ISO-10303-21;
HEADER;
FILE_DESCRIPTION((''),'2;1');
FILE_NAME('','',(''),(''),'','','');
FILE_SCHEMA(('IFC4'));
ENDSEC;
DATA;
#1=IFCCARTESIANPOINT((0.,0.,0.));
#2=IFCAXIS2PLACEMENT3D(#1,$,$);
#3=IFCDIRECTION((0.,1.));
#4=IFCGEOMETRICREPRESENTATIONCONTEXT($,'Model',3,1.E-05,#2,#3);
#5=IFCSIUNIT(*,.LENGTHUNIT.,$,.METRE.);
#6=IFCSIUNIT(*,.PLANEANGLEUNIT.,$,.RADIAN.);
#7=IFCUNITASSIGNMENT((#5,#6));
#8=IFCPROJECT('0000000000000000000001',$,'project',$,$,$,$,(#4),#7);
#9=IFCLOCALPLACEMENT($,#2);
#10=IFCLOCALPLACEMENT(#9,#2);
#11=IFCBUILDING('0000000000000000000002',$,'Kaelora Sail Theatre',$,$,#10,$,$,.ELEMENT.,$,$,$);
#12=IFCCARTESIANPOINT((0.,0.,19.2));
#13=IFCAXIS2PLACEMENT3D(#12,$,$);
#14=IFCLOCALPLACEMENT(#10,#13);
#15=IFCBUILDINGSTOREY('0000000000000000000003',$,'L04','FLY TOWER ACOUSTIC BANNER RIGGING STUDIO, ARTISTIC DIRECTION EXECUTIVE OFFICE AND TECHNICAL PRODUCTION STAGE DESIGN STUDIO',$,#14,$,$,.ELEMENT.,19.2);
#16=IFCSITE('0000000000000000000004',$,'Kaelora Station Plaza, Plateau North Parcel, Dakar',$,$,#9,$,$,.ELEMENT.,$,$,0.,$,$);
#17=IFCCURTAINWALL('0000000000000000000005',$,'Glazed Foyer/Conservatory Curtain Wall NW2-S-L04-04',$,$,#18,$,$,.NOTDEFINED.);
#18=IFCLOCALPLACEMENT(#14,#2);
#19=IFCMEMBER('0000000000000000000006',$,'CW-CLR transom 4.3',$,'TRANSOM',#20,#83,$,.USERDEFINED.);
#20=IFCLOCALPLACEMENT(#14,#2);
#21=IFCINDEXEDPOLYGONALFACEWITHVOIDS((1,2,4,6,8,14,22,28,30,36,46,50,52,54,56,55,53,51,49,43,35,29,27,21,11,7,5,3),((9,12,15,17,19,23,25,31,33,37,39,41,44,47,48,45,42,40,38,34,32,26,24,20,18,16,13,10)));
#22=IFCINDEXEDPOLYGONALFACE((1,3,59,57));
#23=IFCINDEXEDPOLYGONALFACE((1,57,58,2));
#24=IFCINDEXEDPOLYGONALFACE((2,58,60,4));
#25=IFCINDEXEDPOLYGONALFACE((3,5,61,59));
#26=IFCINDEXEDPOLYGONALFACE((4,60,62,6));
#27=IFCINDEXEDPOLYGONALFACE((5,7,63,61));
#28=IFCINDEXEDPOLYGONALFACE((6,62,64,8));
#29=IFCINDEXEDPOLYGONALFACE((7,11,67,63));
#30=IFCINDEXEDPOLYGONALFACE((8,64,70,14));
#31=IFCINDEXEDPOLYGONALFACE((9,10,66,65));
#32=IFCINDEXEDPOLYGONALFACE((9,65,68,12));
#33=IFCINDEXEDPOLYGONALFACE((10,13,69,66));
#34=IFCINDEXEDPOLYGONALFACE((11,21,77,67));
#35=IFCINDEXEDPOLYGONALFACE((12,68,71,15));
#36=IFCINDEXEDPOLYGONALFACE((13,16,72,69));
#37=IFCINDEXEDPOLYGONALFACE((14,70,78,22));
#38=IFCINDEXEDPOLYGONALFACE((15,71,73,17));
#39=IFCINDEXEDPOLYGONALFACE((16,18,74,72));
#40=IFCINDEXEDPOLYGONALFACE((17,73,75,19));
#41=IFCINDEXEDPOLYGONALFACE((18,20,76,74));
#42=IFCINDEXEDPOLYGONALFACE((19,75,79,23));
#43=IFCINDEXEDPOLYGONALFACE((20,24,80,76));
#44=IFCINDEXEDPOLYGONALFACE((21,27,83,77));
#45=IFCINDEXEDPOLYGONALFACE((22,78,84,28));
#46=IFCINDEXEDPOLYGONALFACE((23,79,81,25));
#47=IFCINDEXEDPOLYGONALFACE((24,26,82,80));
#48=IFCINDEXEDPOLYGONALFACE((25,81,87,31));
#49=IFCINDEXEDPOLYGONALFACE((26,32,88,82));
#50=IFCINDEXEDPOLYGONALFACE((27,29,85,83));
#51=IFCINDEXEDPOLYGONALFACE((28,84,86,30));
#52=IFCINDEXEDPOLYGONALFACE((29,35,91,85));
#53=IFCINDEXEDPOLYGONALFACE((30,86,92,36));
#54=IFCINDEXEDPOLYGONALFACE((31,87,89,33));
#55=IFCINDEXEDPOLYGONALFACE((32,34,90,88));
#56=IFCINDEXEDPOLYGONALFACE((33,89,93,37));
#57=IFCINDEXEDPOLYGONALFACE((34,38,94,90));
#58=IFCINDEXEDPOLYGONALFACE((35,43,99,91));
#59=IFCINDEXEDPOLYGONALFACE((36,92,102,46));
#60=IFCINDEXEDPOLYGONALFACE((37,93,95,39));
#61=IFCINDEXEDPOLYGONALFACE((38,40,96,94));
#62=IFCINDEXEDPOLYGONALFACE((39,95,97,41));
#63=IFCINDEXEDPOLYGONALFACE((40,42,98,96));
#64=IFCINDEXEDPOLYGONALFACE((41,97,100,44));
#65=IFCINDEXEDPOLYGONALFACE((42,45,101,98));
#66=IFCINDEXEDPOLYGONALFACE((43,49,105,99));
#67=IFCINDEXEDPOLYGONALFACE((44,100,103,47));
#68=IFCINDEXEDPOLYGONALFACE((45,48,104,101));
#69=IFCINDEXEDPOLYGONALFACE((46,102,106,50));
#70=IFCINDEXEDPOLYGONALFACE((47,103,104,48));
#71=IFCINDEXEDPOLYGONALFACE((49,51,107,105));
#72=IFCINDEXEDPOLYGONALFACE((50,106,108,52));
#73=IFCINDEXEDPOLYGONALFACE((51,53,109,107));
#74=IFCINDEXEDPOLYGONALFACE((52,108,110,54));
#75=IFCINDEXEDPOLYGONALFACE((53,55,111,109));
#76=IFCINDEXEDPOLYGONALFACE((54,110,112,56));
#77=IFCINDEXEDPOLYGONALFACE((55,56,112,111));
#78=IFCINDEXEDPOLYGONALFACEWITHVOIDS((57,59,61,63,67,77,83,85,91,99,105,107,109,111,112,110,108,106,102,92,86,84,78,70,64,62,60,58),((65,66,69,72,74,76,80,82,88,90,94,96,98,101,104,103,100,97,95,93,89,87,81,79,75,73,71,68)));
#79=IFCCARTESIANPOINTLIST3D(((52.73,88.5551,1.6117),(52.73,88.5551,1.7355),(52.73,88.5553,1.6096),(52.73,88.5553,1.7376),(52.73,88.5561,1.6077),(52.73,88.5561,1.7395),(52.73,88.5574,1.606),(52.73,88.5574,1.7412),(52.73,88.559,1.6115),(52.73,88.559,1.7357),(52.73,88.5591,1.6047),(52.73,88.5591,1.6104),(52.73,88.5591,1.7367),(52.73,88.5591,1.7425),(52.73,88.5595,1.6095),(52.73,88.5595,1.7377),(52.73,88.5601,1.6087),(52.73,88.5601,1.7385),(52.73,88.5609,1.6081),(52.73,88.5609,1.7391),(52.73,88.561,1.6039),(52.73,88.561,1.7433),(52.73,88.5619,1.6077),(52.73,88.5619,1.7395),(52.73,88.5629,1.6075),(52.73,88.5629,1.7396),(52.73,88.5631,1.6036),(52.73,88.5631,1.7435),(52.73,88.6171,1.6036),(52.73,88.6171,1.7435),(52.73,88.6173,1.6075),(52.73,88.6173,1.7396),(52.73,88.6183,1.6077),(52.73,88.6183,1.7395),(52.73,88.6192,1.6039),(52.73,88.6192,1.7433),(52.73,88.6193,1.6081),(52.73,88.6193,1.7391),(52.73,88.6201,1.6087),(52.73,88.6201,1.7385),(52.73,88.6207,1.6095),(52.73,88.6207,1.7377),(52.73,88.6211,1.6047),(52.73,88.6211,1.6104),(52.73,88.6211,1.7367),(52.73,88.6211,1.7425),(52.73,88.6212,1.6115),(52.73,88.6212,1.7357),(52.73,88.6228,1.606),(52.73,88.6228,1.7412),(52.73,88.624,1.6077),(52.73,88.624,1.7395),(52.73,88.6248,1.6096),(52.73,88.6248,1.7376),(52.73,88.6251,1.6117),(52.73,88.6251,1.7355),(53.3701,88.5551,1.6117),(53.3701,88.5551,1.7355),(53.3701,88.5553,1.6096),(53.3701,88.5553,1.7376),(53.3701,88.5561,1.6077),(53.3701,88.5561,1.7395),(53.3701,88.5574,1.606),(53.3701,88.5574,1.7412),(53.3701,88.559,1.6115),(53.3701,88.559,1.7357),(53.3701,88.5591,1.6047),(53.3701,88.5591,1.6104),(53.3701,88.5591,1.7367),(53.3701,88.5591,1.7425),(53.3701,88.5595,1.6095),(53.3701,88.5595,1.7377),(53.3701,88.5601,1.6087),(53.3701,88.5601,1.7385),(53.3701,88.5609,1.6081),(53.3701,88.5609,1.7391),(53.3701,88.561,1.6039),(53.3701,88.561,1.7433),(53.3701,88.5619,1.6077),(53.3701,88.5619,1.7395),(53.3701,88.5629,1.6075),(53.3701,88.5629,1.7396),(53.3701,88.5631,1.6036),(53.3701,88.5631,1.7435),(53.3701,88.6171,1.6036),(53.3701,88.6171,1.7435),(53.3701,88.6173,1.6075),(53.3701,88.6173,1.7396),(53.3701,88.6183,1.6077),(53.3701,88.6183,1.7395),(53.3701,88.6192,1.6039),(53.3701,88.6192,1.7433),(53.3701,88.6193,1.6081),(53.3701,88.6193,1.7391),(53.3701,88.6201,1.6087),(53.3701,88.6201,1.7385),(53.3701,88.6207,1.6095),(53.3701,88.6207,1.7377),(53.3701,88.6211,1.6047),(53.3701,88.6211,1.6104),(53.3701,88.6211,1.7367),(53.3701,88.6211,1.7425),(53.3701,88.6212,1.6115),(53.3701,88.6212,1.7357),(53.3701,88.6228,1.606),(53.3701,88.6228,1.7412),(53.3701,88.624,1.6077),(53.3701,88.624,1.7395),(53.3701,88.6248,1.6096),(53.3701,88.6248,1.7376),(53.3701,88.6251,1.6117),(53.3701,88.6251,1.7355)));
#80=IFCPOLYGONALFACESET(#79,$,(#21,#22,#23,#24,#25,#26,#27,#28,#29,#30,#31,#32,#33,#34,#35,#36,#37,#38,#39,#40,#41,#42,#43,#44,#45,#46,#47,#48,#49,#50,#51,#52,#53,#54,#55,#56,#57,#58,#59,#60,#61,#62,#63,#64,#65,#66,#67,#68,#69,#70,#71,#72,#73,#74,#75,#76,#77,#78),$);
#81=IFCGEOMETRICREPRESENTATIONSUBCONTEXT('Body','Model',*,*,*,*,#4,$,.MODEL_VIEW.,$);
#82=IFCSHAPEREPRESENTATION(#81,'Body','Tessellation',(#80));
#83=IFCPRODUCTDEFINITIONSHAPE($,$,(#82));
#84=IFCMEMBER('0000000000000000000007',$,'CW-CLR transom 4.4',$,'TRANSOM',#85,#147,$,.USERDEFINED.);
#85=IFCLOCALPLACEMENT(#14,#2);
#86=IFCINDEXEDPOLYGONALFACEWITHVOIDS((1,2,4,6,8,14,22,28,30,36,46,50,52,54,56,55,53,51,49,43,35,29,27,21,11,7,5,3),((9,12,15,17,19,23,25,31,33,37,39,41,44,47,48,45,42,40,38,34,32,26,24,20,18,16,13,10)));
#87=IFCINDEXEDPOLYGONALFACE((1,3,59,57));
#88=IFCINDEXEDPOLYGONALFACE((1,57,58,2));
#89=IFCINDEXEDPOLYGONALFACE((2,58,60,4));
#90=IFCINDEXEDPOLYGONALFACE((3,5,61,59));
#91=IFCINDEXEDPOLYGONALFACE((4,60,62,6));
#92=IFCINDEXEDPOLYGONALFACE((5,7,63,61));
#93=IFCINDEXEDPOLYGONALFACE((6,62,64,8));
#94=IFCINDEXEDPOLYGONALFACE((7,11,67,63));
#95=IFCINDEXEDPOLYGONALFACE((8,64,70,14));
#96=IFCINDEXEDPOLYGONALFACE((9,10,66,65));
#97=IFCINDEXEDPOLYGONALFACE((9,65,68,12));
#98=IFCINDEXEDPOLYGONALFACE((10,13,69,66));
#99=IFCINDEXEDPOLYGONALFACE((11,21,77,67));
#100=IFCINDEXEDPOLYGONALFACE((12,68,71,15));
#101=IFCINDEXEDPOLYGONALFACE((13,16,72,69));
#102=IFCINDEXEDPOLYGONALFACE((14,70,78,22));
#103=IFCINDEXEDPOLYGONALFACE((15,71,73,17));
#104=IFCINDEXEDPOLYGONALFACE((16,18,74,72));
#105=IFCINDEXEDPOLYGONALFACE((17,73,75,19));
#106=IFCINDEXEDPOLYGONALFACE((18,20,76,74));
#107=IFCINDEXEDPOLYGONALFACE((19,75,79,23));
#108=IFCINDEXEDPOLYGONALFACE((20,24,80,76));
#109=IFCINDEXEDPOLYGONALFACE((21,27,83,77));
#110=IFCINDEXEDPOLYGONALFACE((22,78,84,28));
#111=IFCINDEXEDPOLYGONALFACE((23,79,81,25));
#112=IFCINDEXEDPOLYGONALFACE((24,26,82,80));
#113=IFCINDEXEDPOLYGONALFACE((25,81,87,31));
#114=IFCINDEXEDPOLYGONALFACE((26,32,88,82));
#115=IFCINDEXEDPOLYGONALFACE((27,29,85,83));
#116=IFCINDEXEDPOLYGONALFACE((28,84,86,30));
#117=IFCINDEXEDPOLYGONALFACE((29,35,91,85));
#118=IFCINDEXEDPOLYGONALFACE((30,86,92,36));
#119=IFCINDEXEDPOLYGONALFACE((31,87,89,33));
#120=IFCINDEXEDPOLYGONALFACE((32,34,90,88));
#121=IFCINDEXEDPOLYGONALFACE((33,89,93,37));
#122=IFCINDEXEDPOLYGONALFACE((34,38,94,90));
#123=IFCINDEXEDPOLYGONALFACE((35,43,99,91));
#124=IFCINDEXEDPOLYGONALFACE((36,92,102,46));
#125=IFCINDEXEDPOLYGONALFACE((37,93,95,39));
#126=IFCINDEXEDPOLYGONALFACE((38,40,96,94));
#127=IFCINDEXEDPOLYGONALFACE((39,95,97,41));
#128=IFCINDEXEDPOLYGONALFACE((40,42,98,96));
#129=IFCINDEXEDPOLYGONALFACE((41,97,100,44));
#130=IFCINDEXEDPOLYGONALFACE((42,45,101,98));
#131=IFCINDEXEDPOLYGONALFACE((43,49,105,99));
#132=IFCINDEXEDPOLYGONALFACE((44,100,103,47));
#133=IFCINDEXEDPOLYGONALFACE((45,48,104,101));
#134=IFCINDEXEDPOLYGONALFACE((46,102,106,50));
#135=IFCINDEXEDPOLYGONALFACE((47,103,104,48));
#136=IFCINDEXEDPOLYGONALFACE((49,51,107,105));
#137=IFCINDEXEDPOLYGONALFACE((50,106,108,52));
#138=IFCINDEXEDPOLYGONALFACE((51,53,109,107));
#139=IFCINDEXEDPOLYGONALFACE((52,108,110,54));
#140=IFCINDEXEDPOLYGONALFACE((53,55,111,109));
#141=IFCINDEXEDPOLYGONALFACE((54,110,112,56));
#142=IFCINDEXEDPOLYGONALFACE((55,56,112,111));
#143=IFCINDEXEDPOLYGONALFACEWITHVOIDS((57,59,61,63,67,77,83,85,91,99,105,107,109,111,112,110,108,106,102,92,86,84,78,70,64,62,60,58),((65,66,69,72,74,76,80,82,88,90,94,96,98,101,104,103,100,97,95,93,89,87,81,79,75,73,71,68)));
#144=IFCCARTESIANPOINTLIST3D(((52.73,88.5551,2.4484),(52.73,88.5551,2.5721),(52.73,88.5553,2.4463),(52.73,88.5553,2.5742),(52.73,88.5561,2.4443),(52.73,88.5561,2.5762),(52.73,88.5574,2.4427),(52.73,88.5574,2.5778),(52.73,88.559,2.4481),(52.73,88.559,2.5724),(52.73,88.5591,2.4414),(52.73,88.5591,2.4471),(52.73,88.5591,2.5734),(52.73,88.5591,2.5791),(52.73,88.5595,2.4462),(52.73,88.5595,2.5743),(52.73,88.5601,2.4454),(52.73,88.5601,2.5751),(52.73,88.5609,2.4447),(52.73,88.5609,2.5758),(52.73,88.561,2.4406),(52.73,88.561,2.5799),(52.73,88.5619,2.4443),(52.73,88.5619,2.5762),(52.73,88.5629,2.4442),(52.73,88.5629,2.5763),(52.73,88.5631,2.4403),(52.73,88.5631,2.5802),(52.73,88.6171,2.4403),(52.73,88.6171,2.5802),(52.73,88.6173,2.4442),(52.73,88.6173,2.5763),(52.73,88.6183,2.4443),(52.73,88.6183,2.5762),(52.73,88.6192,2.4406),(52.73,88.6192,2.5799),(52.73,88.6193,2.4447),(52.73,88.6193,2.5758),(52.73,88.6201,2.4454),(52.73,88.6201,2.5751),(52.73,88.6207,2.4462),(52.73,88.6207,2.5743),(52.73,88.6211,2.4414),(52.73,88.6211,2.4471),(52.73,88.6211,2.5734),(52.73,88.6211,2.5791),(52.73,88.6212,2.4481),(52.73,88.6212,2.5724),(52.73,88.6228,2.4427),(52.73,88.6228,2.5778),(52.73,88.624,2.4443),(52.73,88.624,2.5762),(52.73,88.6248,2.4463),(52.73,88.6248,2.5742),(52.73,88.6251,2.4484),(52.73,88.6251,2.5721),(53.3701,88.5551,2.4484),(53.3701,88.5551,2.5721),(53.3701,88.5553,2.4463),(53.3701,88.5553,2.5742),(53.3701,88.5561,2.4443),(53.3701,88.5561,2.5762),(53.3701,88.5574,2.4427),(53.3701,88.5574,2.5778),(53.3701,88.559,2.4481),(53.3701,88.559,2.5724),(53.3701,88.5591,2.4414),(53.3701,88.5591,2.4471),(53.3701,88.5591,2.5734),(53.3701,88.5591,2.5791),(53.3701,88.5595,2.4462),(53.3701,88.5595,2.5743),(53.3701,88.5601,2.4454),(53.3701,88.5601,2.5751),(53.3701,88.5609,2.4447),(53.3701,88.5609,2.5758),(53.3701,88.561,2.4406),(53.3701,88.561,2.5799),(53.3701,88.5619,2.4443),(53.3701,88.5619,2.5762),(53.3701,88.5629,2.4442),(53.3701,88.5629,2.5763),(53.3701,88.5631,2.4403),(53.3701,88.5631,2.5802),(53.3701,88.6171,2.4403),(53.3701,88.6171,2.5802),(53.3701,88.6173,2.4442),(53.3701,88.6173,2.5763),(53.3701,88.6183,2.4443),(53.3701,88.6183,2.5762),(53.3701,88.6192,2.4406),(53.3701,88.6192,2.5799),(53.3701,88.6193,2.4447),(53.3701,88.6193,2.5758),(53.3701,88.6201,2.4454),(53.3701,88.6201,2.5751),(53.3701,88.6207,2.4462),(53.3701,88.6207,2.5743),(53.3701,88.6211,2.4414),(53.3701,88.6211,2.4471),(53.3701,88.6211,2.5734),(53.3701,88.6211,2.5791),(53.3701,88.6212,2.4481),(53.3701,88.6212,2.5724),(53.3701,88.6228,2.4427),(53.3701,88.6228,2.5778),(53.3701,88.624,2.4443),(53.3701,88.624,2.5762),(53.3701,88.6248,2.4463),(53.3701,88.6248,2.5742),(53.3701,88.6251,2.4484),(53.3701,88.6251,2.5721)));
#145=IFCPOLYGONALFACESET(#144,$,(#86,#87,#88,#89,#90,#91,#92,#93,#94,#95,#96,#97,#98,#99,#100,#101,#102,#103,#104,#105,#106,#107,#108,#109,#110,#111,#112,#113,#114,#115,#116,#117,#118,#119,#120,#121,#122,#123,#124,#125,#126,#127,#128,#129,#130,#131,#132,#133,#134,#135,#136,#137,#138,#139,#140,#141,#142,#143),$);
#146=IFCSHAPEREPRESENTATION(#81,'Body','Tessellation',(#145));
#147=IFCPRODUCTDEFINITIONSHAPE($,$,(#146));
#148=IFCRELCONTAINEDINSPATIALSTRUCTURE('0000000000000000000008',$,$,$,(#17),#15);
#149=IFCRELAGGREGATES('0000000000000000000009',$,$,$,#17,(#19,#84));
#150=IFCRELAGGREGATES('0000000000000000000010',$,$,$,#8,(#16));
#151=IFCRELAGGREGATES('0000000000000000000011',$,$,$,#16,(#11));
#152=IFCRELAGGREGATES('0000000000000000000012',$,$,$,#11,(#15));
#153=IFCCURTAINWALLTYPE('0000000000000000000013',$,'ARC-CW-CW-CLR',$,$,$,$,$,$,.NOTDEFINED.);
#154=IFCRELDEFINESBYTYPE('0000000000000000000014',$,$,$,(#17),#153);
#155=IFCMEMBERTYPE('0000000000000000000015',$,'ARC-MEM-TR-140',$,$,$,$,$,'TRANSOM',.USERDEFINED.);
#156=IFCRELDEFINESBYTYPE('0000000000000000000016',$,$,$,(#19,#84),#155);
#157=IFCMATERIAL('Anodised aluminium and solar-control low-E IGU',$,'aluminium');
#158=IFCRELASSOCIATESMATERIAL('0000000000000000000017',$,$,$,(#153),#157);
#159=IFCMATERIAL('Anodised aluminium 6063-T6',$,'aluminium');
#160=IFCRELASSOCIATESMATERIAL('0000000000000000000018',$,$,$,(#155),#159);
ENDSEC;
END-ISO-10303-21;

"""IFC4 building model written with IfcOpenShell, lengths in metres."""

from ifc_helpers import new_model, si_unit, direction, frame, origin, origin_2d, place, context, subcontext, project, spatial, hollow_rectangle, extrude, material, material_profile, profile_set, type_object, element, aggregate, save


model = new_model("IFC4")

# Units and contexts
model_context = context("Model", 3, precision=1e-05, world=origin(), true_north=direction((0.0, 1.0)))
body_context = subcontext(model_context, "Body", "Model", "MODEL_VIEW")
ifc_project = project(units=[si_unit("LENGTHUNIT", "METRE"), si_unit("PLANEANGLEUNIT", "RADIAN")], contexts=[model_context])

# Site, building, storey
site_placement = place(None, origin())
site = spatial("IfcSite", under=ifc_project, at=site_placement, Name="Kaelora Station Plaza, Plateau North Parcel, Dakar", CompositionType="ELEMENT", RefElevation=0.0)
building_placement = place(site_placement, origin())
building = spatial("IfcBuilding", under=site, at=building_placement, Name="Kaelora Sail Theatre", CompositionType="ELEMENT")
storey_placement = place(building_placement, frame((0.0, 0.0, 19.2)))
storey = spatial("IfcBuildingStorey", under=building, at=storey_placement, Name="L04", Description="FLY TOWER ACOUSTIC BANNER RIGGING STUDIO, ARTISTIC DIRECTION EXECUTIVE OFFICE AND TECHNICAL PRODUCTION STAGE DESIGN STUDIO", CompositionType="ELEMENT", Elevation=19.2)

# Curtain wall, members
ifc_material_1 = material(Name="Anodised aluminium and solar-control low-E IGU", Category="aluminium")
curtain_wall_type = type_object("IfcCurtainWallType", Name="ARC-CW-CW-CLR", PredefinedType="NOTDEFINED", material=ifc_material_1)
curtain_wall_1_placement = place(storey_placement, origin())
curtain_wall_1 = element("IfcCurtainWall", 1, at=curtain_wall_1_placement, inside=storey, type_object=curtain_wall_type, Name="Glazed Foyer/Conservatory Curtain Wall NW2-S-L04-04", PredefinedType="NOTDEFINED")
ifc_material_2 = material(Name="Anodised aluminium 6063-T6", Category="aluminium")
ifc_material_profile = material_profile(ifc_material_2, hollow_rectangle(XDim=0.0701, YDim=0.1399, WallThickness=0.0039, InnerFilletRadius=0.0039, OuterFilletRadius=0.0081, at=origin_2d()), Name="ALU-TRAN 70x140x4")
ifc_profile_set = profile_set([ifc_material_profile], Name="Anodised aluminium 6063-T6")
member_type = type_object("IfcMemberType", Name="ARC-MEM-TR-140", ElementType="TRANSOM", PredefinedType="USERDEFINED", material=ifc_profile_set)
member_1_placement = place(storey_placement, frame((52.73, 88.5901, 1.6736), z_axis=(1.0, 0.0, 0.0), x_axis=(0.0, 1.0, 0.0)))
member_1 = element("IfcMember", 2, at=member_1_placement, type_object=member_type, Name="CW-CLR transom 4.3", ObjectType="TRANSOM", PredefinedType="USERDEFINED", context=body_context, shape_type="SweptSolid", body=[
    extrude(hollow_rectangle(XDim=0.0701, YDim=0.1399, WallThickness=0.0039, InnerFilletRadius=0.0039, OuterFilletRadius=0.0081, at=origin_2d()), origin(), (0.0, 0.0, 1.0), 0.6401),
])
member_2_placement = place(storey_placement, frame((52.73, 88.5901, 2.5103), z_axis=(1.0, 0.0, 0.0), x_axis=(0.0, 1.0, 0.0)))
member_2 = element("IfcMember", 3, at=member_2_placement, type_object=member_type, Name="CW-CLR transom 4.4", ObjectType="TRANSOM", PredefinedType="USERDEFINED", context=body_context, shape_type="SweptSolid", body=[
    extrude(hollow_rectangle(XDim=0.0701, YDim=0.1399, WallThickness=0.0039, InnerFilletRadius=0.0039, OuterFilletRadius=0.0081, at=origin_2d()), origin(), (0.0, 0.0, 1.0), 0.6401),
])

aggregate(curtain_wall_1, [member_1, member_2])

save(model, "model.ifc")
